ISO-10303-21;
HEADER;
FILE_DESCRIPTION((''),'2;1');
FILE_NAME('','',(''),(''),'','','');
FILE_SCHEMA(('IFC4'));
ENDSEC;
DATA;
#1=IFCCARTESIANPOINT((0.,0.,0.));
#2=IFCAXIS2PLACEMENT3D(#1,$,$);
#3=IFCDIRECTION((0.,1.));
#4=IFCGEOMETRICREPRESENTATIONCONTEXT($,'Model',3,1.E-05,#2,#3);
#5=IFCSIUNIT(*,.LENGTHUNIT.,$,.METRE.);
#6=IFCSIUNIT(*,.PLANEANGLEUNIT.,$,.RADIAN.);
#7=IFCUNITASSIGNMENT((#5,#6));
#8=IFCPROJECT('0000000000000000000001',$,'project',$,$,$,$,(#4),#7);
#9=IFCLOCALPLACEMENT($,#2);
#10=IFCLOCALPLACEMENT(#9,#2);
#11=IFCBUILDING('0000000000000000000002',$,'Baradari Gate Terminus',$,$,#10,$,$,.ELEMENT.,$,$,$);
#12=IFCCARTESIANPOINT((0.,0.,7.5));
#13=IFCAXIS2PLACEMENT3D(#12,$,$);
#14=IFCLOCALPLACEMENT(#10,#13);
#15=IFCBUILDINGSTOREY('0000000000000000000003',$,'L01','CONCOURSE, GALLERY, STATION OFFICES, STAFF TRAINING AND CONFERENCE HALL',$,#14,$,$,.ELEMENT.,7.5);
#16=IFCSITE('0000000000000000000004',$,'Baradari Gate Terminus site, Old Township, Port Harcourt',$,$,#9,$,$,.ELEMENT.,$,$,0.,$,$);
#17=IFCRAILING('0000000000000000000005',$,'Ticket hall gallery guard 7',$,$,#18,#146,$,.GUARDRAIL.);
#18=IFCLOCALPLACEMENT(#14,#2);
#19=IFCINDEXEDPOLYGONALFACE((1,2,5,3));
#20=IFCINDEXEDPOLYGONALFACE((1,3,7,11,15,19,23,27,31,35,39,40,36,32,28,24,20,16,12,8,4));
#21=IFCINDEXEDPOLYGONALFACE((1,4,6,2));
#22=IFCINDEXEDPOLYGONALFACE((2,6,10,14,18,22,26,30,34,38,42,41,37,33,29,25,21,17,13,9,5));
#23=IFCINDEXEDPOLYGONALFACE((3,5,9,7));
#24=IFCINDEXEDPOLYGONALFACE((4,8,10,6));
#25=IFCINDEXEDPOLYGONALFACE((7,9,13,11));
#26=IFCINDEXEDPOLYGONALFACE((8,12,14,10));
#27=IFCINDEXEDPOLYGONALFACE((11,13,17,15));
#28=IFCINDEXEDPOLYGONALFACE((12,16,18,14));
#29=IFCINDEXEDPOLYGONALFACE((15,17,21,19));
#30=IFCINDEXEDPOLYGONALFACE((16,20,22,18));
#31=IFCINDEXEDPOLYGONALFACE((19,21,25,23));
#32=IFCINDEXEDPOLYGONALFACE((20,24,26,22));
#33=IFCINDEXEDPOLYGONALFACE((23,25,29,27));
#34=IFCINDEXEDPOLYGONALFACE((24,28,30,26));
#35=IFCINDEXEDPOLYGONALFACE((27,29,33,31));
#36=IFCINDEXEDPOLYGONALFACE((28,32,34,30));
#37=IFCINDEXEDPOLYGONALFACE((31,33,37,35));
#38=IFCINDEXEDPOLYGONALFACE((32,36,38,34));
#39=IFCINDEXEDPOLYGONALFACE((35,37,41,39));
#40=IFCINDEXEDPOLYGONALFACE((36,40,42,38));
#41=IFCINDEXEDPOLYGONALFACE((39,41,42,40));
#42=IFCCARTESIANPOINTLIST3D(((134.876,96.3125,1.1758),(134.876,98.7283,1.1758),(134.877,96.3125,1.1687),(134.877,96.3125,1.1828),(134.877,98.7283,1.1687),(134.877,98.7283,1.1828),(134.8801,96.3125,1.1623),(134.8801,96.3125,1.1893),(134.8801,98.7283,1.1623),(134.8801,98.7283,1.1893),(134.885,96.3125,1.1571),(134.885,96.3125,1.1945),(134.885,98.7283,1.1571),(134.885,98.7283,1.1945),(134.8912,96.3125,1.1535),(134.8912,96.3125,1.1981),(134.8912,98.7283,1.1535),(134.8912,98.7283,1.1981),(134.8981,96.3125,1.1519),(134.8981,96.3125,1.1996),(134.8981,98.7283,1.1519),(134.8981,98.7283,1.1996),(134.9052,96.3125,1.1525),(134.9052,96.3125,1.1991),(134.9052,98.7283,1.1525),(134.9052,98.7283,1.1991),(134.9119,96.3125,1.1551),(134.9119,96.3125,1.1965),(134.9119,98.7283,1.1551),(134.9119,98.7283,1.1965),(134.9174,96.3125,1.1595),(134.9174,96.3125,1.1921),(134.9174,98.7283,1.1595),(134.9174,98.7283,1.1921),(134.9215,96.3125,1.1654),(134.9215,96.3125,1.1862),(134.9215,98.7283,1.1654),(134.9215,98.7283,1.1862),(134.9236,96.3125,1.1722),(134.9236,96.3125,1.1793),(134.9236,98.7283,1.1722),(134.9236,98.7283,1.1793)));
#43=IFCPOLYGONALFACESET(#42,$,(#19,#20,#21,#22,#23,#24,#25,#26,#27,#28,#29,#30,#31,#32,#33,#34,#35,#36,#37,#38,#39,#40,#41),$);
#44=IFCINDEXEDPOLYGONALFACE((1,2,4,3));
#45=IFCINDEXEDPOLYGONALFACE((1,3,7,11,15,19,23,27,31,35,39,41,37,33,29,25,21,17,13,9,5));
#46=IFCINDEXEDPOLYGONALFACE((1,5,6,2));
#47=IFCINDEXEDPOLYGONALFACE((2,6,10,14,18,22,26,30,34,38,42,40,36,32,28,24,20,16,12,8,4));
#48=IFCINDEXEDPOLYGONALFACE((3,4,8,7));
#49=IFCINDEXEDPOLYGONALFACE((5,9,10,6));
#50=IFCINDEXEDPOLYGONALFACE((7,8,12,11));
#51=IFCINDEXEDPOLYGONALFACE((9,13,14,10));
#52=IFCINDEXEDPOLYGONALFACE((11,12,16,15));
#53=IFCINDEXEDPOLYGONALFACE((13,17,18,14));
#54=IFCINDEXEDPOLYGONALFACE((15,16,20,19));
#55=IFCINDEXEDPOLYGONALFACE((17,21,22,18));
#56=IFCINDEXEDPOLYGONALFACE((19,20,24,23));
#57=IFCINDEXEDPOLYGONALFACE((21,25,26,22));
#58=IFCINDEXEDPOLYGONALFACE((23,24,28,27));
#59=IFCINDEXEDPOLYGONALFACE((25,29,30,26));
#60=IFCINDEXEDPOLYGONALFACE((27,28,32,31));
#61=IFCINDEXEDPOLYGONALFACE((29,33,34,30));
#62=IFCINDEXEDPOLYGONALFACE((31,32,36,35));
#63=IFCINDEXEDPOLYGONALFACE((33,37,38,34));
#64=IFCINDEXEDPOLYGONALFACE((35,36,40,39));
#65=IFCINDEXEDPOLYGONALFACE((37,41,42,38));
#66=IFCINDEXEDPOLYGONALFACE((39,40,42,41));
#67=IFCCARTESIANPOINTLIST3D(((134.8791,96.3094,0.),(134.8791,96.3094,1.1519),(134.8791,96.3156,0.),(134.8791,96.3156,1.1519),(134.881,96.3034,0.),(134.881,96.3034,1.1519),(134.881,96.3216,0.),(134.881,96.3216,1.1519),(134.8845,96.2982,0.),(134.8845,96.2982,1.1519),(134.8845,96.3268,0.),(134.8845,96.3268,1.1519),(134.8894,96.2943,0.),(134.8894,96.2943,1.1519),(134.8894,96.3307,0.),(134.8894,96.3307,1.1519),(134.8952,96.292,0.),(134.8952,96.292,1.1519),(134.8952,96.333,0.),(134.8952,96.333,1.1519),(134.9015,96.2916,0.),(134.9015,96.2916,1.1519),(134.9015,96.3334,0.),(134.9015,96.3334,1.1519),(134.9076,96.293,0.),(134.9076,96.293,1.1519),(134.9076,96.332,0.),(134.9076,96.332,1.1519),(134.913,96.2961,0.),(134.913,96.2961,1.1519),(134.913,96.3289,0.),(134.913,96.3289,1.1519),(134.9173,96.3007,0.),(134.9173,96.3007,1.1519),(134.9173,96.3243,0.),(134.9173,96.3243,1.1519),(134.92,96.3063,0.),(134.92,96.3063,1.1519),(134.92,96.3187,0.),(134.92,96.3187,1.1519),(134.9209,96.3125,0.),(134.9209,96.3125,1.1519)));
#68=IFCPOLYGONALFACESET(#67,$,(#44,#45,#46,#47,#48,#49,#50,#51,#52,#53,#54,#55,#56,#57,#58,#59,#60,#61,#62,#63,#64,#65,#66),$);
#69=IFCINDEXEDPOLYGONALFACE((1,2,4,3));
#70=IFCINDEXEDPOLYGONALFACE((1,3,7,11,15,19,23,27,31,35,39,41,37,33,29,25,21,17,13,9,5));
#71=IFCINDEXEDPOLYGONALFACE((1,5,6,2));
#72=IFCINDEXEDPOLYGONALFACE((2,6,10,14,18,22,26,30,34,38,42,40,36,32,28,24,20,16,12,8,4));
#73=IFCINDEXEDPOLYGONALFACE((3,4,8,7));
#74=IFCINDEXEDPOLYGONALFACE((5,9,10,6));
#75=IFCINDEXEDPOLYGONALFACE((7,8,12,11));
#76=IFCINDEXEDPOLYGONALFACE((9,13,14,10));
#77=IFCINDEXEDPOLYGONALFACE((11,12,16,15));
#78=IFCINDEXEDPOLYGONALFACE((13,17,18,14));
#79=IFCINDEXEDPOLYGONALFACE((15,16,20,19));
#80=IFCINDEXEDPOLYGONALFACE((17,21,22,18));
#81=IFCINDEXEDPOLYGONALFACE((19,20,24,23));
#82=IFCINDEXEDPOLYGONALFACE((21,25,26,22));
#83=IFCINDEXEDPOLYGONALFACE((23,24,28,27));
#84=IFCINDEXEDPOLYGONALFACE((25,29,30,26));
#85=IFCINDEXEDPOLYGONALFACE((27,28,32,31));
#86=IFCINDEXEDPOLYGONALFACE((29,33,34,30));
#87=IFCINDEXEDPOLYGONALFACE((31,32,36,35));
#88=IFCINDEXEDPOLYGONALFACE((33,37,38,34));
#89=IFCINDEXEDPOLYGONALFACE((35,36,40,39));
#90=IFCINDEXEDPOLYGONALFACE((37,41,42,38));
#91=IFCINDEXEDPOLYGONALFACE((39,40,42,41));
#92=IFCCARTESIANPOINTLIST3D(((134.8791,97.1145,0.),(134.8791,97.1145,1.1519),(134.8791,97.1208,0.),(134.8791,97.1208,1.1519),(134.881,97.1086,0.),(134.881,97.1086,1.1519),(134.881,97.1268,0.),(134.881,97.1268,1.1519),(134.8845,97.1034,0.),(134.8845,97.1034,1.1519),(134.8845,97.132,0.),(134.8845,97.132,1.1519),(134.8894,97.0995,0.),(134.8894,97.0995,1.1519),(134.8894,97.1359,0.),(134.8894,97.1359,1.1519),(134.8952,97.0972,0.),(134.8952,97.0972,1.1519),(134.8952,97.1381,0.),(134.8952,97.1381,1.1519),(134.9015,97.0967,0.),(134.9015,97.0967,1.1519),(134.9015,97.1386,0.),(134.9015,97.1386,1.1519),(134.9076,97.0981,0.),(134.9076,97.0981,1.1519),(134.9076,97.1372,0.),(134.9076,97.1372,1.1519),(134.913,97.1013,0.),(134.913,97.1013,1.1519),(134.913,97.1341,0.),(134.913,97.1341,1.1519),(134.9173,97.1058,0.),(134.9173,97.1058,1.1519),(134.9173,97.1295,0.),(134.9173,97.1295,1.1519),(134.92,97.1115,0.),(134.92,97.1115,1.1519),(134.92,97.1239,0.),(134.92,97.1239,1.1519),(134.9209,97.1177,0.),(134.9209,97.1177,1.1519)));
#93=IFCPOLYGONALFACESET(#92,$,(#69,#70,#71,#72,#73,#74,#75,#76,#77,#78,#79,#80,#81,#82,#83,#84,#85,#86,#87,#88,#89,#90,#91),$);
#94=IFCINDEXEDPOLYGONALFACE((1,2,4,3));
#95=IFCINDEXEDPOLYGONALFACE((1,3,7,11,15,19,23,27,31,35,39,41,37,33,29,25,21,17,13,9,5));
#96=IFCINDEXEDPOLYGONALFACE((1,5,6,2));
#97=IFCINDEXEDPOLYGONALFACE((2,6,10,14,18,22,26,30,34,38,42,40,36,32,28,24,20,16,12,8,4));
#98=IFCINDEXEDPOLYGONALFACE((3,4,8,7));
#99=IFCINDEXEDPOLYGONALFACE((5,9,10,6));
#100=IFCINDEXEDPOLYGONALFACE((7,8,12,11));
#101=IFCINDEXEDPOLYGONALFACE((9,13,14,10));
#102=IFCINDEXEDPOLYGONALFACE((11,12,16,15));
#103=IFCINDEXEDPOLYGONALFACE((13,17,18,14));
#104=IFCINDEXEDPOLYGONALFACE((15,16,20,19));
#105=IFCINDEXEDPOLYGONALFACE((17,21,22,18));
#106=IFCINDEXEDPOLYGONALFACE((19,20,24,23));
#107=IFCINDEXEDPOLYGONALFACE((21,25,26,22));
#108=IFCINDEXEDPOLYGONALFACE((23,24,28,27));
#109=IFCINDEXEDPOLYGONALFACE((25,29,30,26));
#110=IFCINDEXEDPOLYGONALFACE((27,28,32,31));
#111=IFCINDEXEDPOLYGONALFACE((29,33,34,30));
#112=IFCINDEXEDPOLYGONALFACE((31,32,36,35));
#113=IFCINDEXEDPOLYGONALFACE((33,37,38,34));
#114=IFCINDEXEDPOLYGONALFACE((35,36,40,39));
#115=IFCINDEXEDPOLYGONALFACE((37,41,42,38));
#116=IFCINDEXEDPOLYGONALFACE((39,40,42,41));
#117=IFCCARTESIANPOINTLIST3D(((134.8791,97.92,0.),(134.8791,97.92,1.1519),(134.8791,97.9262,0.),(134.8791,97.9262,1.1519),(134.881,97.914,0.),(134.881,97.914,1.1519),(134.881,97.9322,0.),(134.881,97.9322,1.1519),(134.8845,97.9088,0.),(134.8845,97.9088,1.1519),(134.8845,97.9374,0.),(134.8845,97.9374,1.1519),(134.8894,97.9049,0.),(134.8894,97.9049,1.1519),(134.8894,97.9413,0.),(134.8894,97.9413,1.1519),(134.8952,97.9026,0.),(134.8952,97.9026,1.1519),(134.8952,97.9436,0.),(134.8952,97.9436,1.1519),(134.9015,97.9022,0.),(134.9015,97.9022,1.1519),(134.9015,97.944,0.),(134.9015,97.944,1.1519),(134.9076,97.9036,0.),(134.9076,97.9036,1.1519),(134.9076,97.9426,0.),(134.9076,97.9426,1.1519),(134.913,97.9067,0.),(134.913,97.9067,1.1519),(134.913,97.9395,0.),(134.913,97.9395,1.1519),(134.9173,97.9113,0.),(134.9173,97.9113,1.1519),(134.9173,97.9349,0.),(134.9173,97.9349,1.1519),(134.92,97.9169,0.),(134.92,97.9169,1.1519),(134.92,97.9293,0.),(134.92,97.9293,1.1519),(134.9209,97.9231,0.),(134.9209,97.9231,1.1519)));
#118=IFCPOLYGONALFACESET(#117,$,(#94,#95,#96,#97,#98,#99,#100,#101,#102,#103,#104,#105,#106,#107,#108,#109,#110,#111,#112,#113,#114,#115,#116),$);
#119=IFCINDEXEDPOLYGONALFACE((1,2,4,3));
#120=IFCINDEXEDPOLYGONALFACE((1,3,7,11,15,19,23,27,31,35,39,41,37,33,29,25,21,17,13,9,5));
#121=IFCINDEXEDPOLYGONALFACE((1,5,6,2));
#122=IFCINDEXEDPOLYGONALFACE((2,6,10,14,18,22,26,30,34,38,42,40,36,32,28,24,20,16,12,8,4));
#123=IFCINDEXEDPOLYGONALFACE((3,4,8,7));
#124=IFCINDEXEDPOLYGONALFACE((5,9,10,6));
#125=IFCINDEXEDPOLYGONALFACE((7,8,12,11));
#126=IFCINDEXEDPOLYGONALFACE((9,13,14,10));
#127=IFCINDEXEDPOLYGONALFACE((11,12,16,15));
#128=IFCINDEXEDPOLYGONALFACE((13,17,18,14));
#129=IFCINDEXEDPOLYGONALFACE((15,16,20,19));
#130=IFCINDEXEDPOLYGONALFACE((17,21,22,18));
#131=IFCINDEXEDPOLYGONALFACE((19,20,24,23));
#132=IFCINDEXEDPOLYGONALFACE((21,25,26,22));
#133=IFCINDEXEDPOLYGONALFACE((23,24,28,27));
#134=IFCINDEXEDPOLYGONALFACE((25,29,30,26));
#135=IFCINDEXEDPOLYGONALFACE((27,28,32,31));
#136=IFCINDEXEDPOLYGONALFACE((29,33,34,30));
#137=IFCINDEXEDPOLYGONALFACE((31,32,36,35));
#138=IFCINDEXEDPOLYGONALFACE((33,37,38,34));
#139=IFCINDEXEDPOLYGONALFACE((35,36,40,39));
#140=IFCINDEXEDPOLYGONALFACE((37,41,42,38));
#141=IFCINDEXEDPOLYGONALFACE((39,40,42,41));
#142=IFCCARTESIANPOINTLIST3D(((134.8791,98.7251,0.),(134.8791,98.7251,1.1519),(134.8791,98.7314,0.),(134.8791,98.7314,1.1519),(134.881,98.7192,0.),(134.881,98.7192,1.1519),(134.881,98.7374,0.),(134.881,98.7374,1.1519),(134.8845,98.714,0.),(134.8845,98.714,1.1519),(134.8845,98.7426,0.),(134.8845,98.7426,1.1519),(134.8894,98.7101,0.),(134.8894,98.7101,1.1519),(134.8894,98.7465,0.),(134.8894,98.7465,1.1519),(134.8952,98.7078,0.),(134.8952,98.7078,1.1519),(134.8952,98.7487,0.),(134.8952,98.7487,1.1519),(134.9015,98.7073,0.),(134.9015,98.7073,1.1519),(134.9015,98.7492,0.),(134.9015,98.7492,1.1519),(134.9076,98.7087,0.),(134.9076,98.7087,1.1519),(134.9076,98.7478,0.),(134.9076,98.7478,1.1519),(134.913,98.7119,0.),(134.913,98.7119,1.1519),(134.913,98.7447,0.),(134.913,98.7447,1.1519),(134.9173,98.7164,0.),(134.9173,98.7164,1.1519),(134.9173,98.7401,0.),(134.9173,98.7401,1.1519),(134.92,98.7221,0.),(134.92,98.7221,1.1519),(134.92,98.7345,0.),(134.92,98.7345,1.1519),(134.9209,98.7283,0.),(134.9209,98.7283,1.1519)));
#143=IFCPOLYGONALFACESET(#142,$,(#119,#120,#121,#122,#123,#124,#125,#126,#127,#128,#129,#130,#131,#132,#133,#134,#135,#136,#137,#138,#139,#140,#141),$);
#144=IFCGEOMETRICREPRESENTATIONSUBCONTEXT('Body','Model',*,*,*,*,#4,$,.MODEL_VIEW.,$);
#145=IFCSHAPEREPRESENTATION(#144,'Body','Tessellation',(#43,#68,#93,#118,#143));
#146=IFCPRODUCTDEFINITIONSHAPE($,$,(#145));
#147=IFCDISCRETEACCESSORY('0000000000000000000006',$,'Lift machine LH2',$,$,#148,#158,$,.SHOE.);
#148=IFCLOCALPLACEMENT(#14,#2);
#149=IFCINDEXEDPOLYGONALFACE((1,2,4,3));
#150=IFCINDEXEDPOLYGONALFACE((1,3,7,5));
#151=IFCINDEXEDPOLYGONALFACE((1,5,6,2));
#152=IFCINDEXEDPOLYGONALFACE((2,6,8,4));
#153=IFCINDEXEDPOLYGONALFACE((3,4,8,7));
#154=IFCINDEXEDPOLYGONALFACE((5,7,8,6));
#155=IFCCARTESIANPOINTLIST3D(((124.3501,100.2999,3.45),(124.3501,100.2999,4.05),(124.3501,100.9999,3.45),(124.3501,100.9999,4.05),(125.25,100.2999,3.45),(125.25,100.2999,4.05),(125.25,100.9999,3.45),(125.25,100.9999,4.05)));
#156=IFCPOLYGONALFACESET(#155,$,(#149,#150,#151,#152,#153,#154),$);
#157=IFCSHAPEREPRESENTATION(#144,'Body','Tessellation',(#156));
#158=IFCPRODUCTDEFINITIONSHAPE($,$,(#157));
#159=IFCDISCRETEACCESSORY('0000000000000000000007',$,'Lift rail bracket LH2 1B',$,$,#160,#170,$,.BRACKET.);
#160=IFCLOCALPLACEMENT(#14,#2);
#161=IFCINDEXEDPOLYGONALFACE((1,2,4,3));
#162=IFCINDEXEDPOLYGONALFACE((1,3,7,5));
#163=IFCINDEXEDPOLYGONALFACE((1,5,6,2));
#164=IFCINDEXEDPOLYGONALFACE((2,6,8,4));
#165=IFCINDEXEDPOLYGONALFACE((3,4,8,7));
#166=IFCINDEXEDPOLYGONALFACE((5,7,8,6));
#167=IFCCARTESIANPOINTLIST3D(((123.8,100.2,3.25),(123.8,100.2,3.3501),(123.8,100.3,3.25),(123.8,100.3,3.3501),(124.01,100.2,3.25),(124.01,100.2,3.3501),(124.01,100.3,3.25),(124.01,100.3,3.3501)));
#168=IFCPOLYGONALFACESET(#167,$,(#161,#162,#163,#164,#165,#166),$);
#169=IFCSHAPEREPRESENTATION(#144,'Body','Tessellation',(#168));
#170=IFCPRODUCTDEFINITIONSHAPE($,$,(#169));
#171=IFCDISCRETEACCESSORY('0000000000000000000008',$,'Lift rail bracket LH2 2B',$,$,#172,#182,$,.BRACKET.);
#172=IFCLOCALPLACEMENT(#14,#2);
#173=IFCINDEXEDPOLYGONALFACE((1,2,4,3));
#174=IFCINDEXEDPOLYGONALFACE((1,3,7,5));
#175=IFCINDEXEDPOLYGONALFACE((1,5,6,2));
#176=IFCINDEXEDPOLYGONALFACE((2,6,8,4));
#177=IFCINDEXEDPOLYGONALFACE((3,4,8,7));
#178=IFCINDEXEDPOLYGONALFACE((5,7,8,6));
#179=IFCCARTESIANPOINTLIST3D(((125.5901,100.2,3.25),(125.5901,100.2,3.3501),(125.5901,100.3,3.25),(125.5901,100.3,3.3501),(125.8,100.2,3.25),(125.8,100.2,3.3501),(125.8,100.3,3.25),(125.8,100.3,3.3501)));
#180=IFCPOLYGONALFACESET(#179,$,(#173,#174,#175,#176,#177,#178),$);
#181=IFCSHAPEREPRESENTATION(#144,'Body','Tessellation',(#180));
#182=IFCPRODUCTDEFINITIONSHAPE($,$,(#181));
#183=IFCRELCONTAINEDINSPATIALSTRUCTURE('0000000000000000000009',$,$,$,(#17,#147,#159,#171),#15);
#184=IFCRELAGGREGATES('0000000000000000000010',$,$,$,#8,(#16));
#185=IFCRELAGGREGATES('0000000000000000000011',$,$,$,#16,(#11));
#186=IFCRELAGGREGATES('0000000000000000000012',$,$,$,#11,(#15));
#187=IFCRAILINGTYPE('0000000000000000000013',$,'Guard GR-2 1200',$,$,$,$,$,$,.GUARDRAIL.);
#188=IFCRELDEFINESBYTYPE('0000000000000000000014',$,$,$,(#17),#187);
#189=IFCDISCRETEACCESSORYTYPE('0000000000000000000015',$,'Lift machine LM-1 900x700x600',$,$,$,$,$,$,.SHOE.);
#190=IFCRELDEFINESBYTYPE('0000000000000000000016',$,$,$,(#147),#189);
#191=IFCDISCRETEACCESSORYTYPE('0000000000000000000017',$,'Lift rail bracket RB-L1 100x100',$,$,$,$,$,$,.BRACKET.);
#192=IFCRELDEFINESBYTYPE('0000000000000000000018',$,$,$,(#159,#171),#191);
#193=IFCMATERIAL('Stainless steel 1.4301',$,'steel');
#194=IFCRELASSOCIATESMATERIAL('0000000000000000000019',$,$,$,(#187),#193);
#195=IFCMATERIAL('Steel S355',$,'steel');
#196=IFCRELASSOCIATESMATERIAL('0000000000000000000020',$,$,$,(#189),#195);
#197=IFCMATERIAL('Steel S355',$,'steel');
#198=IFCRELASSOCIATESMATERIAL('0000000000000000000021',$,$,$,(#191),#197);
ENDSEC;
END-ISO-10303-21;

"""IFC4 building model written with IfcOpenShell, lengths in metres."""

from ifc_helpers import new_model, si_unit, direction, frame, origin, origin_2d, place, context, subcontext, project, spatial, rectangle, circle, extrude, material, type_object, element, save


model = new_model("IFC4")

# Units and contexts
model_context = context("Model", 3, precision=1e-05, world=origin(), true_north=direction((0.0, 1.0)))
body_context = subcontext(model_context, "Body", "Model", "MODEL_VIEW")
ifc_project = project(units=[si_unit("LENGTHUNIT", "METRE"), si_unit("PLANEANGLEUNIT", "RADIAN")], contexts=[model_context])

# Site, building, storey
site_placement = place(None, origin())
site = spatial("IfcSite", under=ifc_project, at=site_placement, Name="Baradari Gate Terminus site, Old Township, Port Harcourt", CompositionType="ELEMENT", RefElevation=0.0)
building_placement = place(site_placement, origin())
building = spatial("IfcBuilding", under=site, at=building_placement, Name="Baradari Gate Terminus", CompositionType="ELEMENT")
storey_placement = place(building_placement, frame((0.0, 0.0, 7.5)))
storey = spatial("IfcBuildingStorey", under=building, at=storey_placement, Name="L01", Description="CONCOURSE, GALLERY, STATION OFFICES, STAFF TRAINING AND CONFERENCE HALL", CompositionType="ELEMENT", Elevation=7.5)

# Railing
ifc_material_1 = material(Name="Stainless steel 1.4301", Category="steel")
railing_type = type_object("IfcRailingType", Name="Guard GR-2 1200", PredefinedType="GUARDRAIL", material=ifc_material_1)
railing_1_placement = place(storey_placement, frame((134.8999, 96.3125, 0.0)))
element("IfcRailing", 1, at=railing_1_placement, inside=storey, type_object=railing_type, Name="Ticket hall gallery guard 7", PredefinedType="GUARDRAIL", context=body_context, shape_type="SweptSolid", body=[
    extrude(circle(Radius=0.0239, at=origin_2d()), frame((0.0, 0.0, 1.1758), z_axis=(0.0, 1.0, 0.0), x_axis=(-1.0, 0.0, 0.0)), (0.0, 0.0, 1.0), 2.4158),
    extrude(circle(Radius=0.021, at=origin_2d()), origin(), (0.0, 0.0, 1.0), 1.1519),
    extrude(circle(Radius=0.021, at=origin_2d()), frame((0.0, 0.8052, 0.0)), (0.0, 0.0, 1.0), 1.1519),
    extrude(circle(Radius=0.021, at=origin_2d()), frame((0.0, 1.6106, 0.0)), (0.0, 0.0, 1.0), 1.1519),
    extrude(circle(Radius=0.021, at=origin_2d()), frame((0.0, 2.4158, 0.0)), (0.0, 0.0, 1.0), 1.1519),
])

# Discrete accessories
ifc_material_2 = material(Name="Steel S355", Category="steel")
discrete_accessory_type_1 = type_object("IfcDiscreteAccessoryType", Name="Lift machine LM-1 900x700x600", PredefinedType="SHOE", material=ifc_material_2)
discrete_accessory_placement = place(storey_placement, frame((124.8, 100.6499, 3.45), z_axis=(0.0, 0.0, 1.0), x_axis=(1.0, 0.0, 0.0)))
element("IfcDiscreteAccessory", 2, at=discrete_accessory_placement, inside=storey, type_object=discrete_accessory_type_1, Name="Lift machine LH2", PredefinedType="SHOE", context=body_context, shape_type="SweptSolid", body=[
    extrude(rectangle(XDim=0.8999, YDim=0.7, at=origin_2d()), origin(), (0.0, 0.0, 1.0), 0.6001),
])
ifc_material_3 = material(Name="Steel S355", Category="steel")
discrete_accessory_type_2 = type_object("IfcDiscreteAccessoryType", Name="Lift rail bracket RB-L1 100x100", PredefinedType="BRACKET", material=ifc_material_3)
for number, where, z_axis, x_axis, name in (
    (3, (123.905, 100.25, 3.25), (0.0, 0.0, 1.0), (1.0, 0.0, 0.0), "Lift rail bracket LH2 1B"),
    (4, (125.6951, 100.25, 3.25), (0.0, 0.0, 1.0), (1.0, 0.0, 0.0), "Lift rail bracket LH2 2B"),
):
    element("IfcDiscreteAccessory", number, at=place(storey_placement, frame(where, z_axis=z_axis, x_axis=x_axis)), inside=storey, type_object=discrete_accessory_type_2, Name=name, PredefinedType="BRACKET", context=body_context, shape_type="SweptSolid", body=[
        extrude(rectangle(XDim=0.21, YDim=0.1001, at=origin_2d()), origin(), (0.0, 0.0, 1.0), 0.1001),
    ])

save(model, "model.ifc")
